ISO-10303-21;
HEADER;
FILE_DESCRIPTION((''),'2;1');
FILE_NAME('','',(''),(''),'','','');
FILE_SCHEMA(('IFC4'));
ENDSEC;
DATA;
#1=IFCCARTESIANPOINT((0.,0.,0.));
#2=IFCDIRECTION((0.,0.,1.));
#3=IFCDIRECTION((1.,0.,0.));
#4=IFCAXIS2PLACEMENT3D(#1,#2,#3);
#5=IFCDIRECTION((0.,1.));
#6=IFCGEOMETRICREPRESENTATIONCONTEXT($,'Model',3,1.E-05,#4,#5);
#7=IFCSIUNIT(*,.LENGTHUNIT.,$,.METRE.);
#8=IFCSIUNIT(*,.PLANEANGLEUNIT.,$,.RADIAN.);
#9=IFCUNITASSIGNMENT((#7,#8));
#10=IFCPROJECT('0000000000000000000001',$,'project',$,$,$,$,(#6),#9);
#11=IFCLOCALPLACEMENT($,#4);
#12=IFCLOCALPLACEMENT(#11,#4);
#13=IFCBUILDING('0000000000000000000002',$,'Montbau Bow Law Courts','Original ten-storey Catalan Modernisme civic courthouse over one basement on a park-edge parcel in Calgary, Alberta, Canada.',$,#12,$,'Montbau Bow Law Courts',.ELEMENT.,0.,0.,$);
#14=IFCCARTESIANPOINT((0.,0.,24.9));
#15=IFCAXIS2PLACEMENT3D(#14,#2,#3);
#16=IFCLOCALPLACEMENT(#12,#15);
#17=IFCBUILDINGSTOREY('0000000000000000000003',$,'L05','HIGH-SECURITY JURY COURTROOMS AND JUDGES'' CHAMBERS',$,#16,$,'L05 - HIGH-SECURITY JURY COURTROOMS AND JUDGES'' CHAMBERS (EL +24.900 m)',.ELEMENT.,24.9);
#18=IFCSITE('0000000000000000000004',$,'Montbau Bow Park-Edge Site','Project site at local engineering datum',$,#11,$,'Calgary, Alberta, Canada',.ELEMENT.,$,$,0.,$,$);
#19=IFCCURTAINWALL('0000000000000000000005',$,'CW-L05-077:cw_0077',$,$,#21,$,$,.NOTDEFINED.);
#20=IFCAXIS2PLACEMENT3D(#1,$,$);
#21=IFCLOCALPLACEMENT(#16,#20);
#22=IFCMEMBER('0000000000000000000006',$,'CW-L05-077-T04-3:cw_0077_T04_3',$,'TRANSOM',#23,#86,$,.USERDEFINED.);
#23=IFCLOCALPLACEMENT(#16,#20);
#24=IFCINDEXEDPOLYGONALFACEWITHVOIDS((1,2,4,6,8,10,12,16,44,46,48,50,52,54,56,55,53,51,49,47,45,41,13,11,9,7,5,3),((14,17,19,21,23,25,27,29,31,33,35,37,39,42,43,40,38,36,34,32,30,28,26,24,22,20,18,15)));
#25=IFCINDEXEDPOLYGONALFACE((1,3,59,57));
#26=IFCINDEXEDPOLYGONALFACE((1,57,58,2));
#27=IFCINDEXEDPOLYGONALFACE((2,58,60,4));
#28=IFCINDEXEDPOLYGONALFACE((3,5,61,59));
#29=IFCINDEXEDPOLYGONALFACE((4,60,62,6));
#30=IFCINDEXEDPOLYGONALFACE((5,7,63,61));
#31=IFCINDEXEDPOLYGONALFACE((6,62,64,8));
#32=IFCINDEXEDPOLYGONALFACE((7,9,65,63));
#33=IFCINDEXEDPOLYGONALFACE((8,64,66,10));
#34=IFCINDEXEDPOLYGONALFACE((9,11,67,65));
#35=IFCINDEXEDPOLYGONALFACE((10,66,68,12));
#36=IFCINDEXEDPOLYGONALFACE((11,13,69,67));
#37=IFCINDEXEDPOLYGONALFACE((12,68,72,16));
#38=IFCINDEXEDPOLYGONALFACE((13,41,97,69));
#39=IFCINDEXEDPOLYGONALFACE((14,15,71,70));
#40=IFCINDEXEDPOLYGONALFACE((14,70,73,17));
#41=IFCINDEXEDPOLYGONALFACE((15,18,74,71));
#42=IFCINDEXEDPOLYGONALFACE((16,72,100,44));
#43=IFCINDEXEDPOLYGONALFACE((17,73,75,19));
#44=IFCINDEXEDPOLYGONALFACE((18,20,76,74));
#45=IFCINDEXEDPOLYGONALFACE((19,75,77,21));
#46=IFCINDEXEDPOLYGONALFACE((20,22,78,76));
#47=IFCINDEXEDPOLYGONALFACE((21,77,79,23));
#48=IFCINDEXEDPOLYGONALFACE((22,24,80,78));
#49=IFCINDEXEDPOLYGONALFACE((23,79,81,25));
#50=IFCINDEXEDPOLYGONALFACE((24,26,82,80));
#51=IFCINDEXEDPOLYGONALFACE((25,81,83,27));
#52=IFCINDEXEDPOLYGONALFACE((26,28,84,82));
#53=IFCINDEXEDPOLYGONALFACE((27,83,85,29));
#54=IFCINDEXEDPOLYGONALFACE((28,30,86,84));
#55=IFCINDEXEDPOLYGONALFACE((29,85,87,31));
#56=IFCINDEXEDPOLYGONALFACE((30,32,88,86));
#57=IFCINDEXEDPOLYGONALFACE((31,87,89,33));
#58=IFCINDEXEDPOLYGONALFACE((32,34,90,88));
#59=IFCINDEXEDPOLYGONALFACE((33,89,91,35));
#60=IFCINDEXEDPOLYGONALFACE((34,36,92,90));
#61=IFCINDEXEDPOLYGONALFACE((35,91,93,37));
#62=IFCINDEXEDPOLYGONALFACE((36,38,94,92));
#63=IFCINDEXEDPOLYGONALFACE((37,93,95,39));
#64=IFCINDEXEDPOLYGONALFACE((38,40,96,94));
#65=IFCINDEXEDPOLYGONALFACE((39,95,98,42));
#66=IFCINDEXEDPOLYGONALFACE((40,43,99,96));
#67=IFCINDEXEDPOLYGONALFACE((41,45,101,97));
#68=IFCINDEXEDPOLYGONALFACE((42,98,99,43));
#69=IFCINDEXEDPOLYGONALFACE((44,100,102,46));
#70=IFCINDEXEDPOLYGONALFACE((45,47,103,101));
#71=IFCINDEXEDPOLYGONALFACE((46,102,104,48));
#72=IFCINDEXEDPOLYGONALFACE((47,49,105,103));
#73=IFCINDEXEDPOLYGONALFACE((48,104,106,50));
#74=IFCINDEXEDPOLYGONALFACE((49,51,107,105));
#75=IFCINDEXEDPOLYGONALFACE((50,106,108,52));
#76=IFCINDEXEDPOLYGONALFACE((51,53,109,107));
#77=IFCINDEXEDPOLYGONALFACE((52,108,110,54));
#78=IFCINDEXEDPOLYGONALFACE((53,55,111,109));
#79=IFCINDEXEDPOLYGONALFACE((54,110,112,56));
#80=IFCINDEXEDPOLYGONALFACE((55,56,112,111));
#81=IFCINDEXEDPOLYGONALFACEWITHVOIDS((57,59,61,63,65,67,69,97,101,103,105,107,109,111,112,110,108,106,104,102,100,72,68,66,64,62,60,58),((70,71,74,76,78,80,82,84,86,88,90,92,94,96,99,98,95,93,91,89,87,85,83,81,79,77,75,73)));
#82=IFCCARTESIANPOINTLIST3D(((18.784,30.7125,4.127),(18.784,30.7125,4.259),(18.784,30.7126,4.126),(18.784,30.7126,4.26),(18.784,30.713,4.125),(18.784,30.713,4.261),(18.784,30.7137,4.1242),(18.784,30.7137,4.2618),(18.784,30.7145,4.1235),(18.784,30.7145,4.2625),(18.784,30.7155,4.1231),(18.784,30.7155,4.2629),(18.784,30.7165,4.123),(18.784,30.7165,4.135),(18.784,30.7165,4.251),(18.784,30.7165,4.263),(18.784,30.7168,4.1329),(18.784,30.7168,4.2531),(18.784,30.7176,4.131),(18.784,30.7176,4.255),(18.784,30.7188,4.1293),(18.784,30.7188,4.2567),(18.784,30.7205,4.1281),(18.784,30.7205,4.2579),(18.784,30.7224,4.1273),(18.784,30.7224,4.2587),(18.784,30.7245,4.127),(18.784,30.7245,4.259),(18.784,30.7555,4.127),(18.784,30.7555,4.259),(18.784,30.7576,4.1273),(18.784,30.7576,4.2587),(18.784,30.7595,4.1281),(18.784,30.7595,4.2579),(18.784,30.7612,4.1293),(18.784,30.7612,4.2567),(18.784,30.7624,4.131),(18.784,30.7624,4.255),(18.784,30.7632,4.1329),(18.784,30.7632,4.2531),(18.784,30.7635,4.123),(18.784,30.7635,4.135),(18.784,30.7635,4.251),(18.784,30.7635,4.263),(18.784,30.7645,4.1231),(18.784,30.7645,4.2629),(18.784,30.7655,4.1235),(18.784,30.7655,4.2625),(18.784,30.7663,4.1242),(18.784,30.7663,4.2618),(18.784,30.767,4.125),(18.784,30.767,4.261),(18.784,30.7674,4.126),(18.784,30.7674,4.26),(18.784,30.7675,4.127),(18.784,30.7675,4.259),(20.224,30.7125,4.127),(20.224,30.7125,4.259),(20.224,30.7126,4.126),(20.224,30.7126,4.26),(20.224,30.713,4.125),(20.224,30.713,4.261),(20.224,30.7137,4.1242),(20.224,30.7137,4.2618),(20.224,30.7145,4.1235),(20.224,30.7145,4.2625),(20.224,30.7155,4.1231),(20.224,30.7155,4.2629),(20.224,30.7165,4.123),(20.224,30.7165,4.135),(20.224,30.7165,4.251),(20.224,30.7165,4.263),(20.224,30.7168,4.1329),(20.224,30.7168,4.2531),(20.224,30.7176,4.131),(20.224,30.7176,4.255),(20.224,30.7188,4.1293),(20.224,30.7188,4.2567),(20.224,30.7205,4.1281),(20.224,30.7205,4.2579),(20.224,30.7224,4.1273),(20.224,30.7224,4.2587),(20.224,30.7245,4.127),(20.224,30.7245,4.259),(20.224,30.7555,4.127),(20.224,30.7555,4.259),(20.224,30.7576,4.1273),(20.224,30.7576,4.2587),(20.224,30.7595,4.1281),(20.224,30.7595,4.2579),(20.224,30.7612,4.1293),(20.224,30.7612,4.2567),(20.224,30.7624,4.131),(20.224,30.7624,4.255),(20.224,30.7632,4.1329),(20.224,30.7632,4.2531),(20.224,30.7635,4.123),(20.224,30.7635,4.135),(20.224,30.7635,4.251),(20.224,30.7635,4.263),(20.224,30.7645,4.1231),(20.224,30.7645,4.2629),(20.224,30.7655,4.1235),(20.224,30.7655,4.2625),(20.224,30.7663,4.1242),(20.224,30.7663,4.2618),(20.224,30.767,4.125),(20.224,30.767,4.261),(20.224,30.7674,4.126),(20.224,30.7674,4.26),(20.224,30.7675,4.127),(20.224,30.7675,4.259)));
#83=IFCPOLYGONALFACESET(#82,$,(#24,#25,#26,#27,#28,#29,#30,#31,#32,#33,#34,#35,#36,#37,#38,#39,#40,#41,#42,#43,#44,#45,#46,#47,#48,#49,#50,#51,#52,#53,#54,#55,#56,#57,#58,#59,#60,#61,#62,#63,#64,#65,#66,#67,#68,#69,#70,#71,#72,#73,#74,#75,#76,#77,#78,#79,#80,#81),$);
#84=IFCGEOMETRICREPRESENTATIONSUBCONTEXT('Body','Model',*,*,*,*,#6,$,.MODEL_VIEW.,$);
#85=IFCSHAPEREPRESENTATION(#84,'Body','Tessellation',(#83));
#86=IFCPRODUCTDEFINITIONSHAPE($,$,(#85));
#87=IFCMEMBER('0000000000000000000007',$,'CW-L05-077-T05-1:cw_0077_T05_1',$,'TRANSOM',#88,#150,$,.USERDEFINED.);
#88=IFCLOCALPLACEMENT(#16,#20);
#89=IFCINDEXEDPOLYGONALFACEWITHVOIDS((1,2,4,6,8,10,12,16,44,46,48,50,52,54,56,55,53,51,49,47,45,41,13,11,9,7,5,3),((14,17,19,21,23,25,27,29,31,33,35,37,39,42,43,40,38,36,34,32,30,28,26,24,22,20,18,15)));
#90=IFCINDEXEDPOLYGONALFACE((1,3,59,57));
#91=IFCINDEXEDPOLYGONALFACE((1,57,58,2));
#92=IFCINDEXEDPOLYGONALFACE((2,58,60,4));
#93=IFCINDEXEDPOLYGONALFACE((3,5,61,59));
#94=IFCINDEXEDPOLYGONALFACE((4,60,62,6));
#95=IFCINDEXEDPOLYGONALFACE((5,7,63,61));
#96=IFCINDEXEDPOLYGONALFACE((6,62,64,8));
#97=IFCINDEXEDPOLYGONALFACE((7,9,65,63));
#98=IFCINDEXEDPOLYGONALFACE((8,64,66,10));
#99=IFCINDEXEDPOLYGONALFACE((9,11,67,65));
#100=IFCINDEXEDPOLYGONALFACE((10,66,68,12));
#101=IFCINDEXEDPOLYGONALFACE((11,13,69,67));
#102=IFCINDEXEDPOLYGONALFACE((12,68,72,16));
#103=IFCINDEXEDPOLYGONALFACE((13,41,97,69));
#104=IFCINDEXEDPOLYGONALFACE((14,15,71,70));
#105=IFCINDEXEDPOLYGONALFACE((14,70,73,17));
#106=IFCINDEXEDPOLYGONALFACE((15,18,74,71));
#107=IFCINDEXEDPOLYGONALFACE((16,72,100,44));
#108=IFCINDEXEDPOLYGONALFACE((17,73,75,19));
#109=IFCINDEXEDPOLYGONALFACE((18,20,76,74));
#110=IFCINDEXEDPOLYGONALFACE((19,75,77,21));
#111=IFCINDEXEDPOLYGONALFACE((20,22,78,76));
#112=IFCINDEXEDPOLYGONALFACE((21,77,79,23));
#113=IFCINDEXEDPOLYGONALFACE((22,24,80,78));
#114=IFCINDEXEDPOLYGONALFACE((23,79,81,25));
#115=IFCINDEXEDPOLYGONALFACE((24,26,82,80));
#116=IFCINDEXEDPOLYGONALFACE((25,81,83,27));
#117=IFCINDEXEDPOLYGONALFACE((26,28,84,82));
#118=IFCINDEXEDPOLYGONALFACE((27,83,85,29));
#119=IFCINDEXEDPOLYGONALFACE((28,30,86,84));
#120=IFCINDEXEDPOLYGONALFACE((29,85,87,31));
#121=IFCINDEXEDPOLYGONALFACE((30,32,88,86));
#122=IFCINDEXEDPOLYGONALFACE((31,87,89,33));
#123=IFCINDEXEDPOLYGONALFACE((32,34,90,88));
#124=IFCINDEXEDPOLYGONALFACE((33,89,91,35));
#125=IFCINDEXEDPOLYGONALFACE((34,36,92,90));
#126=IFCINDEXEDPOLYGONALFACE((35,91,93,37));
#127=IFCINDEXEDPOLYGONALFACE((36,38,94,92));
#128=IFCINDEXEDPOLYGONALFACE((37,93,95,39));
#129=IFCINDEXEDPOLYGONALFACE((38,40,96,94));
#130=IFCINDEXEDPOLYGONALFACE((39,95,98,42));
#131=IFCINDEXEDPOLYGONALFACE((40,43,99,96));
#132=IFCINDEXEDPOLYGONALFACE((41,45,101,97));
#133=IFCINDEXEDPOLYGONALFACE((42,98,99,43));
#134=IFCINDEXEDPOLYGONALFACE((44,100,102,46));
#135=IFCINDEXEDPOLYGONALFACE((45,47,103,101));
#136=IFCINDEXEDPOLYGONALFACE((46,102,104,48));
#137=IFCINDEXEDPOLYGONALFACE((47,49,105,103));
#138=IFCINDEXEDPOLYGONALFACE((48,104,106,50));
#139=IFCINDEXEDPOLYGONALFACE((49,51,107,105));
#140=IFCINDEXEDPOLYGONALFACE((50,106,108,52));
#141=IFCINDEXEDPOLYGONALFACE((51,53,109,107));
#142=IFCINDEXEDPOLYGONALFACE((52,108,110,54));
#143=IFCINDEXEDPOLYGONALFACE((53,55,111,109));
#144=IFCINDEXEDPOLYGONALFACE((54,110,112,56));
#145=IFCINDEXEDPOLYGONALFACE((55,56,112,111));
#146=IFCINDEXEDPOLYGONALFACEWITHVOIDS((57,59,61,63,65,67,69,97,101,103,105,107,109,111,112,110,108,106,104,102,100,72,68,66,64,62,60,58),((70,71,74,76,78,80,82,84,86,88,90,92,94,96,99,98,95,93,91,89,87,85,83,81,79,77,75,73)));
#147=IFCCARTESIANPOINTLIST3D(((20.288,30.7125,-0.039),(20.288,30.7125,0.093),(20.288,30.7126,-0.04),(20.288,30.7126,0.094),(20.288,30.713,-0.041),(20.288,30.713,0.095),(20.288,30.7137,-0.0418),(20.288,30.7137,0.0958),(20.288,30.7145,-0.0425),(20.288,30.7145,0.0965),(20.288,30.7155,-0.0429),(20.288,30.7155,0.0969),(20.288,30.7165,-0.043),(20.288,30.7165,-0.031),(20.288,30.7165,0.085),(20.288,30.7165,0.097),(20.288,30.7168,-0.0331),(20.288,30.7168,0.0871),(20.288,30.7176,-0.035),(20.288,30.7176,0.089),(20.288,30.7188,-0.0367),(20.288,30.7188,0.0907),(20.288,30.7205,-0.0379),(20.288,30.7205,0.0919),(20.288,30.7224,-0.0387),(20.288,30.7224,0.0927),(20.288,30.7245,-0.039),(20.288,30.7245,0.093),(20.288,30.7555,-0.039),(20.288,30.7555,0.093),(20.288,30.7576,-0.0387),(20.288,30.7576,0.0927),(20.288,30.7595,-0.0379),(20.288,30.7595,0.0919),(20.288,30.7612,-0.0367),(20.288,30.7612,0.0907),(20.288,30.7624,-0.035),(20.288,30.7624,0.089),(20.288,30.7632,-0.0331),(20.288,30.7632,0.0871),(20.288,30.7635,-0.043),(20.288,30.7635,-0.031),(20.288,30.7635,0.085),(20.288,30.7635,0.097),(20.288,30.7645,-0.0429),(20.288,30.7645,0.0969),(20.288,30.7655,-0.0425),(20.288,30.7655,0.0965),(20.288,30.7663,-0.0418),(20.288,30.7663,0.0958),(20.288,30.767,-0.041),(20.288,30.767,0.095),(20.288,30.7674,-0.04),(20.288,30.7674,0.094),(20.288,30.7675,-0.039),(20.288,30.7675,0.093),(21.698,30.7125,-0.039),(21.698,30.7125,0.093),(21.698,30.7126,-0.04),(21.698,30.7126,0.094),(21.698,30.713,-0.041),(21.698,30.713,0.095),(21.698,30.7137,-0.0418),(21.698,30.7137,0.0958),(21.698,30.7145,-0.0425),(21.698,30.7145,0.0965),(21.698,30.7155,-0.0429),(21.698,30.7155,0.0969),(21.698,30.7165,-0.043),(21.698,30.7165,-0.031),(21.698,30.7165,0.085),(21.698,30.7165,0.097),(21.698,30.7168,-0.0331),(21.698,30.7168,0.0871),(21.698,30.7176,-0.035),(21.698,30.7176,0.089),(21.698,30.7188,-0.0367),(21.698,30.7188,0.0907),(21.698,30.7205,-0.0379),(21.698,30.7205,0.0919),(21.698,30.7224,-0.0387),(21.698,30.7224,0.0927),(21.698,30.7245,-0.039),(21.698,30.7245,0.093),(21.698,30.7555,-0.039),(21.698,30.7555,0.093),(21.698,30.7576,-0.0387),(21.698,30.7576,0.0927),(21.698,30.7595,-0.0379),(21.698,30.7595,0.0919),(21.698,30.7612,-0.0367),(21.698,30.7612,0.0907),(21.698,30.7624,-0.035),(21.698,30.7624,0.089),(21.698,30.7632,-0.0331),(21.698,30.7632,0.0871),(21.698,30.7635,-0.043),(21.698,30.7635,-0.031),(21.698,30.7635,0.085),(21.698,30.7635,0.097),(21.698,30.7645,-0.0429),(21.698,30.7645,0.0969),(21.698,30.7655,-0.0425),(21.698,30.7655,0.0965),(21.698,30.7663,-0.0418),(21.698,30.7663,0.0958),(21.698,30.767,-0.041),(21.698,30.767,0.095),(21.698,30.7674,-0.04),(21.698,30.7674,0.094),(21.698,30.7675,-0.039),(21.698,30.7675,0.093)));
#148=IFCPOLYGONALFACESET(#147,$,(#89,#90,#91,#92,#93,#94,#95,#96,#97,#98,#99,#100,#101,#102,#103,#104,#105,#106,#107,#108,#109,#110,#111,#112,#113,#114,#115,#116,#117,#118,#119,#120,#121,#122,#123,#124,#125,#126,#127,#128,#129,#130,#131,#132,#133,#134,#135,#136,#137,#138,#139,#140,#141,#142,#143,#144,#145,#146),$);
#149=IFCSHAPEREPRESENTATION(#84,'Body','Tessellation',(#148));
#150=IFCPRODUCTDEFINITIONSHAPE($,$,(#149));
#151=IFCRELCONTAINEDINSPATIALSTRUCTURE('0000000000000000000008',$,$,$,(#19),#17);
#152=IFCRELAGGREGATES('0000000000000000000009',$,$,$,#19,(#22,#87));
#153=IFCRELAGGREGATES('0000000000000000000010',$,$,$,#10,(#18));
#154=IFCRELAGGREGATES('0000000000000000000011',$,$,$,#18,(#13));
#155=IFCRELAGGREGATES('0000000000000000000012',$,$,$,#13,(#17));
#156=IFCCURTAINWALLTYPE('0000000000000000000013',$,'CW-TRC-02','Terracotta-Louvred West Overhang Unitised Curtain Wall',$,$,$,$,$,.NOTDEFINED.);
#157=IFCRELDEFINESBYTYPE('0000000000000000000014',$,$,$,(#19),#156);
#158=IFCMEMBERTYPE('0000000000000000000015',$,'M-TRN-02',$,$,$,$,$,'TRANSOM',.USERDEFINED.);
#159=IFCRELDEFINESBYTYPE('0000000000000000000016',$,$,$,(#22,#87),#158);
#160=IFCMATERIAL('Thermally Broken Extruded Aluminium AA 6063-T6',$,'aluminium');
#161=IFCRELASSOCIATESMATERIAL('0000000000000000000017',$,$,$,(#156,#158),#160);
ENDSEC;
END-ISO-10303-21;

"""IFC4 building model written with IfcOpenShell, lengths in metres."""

from ifc_helpers import new_model, si_unit, direction, frame, origin_with_axes, origin_2d_with_axis, place, context, subcontext, project, spatial, hollow_rectangle, extrude, material, material_profile, profile_set, type_object, element, aggregate, save


model = new_model("IFC4")

# Units and contexts
model_context = context("Model", 3, precision=1e-05, world=origin_with_axes(), true_north=direction((0.0, 1.0)))
body_context = subcontext(model_context, "Body", "Model", "MODEL_VIEW")
ifc_project = project(units=[si_unit("LENGTHUNIT", "METRE"), si_unit("PLANEANGLEUNIT", "RADIAN")], contexts=[model_context])

# Site, building, storey
site_placement = place(None, origin_with_axes())
site = spatial("IfcSite", under=ifc_project, at=site_placement, Name="Montbau Bow Park-Edge Site", Description="Project site at local engineering datum", LongName="Calgary, Alberta, Canada", CompositionType="ELEMENT", RefElevation=0.0)
building_placement = place(site_placement, origin_with_axes())
building = spatial("IfcBuilding", under=site, at=building_placement, Name="Montbau Bow Law Courts", Description="Original ten-storey Catalan Modernisme civic courthouse over one basement on a park-edge parcel in Calgary, Alberta, Canada.", LongName="Montbau Bow Law Courts", CompositionType="ELEMENT", ElevationOfRefHeight=0.0, ElevationOfTerrain=0.0)
storey_placement = place(building_placement, frame((0.0, 0.0, 24.9), z_axis=(0.0, 0.0, 1.0), x_axis=(1.0, 0.0, 0.0)))
storey = spatial("IfcBuildingStorey", under=building, at=storey_placement, Name="L05", Description="HIGH-SECURITY JURY COURTROOMS AND JUDGES' CHAMBERS", LongName="L05 - HIGH-SECURITY JURY COURTROOMS AND JUDGES' CHAMBERS (EL +24.900 m)", CompositionType="ELEMENT", Elevation=24.9)

# Curtain wall
ifc_material_1 = material(Name="Thermally Broken Extruded Aluminium AA 6063-T6", Category="aluminium")
curtain_wall_type = type_object("IfcCurtainWallType", Name="CW-TRC-02", Description="Terracotta-Louvred West Overhang Unitised Curtain Wall", PredefinedType="NOTDEFINED", material=ifc_material_1)
curtain_wall_1_placement = place(None, frame((14.24, 30.74, 24.9), z_axis=(0.0, 0.0, 1.0), x_axis=(1.0, 0.0, 0.0)))
curtain_wall_1 = element("IfcCurtainWall", 1, at=curtain_wall_1_placement, inside=storey, type_object=curtain_wall_type, Name="CW-L05-077:cw_0077", PredefinedType="NOTDEFINED")

# Members
ifc_material_profile_1 = material_profile(ifc_material_1, hollow_rectangle(XDim=0.055, YDim=0.14, WallThickness=0.004, InnerFilletRadius=0.008, OuterFilletRadius=0.004, at=origin_2d_with_axis()), Name="CWT-140X55", Category="Main", Priority=0)
ifc_profile_set_1 = profile_set([ifc_material_profile_1], Name="Thermally Broken Extruded Aluminium AA 6063-T6")
member_type_1 = type_object("IfcMemberType", Name="M-TRN-02", ElementType="TRANSOM", PredefinedType="USERDEFINED", material=ifc_profile_set_1)
member_1_placement = place(None, frame((18.784, 30.74, 29.093), z_axis=(1.0, 0.0, 0.0), x_axis=(0.0, 1.0, 0.0)))
member_1 = element("IfcMember", 2, at=member_1_placement, type_object=member_type_1, Name="CW-L05-077-T04-3:cw_0077_T04_3", ObjectType="TRANSOM", PredefinedType="USERDEFINED", context=body_context, shape_type="SweptSolid", body=[
    extrude(hollow_rectangle(XDim=0.055, YDim=0.14, WallThickness=0.004, InnerFilletRadius=0.008, OuterFilletRadius=0.004, at=origin_2d_with_axis()), origin_with_axes(), (0.0, 0.0, 1.0), 1.44),
])
member_2_placement = place(None, frame((20.288, 30.74, 24.927), z_axis=(1.0, 0.0, 0.0), x_axis=(0.0, 1.0, 0.0)))
member_2 = element("IfcMember", 3, at=member_2_placement, type_object=member_type_1, Name="CW-L05-077-T05-1:cw_0077_T05_1", ObjectType="TRANSOM", PredefinedType="USERDEFINED", context=body_context, shape_type="SweptSolid", body=[
    extrude(hollow_rectangle(XDim=0.055, YDim=0.14, WallThickness=0.004, InnerFilletRadius=0.008, OuterFilletRadius=0.004, at=origin_2d_with_axis()), origin_with_axes(), (0.0, 0.0, 1.0), 1.41),
])

aggregate(curtain_wall_1, [member_1, member_2])

save(model, "model.ifc")
